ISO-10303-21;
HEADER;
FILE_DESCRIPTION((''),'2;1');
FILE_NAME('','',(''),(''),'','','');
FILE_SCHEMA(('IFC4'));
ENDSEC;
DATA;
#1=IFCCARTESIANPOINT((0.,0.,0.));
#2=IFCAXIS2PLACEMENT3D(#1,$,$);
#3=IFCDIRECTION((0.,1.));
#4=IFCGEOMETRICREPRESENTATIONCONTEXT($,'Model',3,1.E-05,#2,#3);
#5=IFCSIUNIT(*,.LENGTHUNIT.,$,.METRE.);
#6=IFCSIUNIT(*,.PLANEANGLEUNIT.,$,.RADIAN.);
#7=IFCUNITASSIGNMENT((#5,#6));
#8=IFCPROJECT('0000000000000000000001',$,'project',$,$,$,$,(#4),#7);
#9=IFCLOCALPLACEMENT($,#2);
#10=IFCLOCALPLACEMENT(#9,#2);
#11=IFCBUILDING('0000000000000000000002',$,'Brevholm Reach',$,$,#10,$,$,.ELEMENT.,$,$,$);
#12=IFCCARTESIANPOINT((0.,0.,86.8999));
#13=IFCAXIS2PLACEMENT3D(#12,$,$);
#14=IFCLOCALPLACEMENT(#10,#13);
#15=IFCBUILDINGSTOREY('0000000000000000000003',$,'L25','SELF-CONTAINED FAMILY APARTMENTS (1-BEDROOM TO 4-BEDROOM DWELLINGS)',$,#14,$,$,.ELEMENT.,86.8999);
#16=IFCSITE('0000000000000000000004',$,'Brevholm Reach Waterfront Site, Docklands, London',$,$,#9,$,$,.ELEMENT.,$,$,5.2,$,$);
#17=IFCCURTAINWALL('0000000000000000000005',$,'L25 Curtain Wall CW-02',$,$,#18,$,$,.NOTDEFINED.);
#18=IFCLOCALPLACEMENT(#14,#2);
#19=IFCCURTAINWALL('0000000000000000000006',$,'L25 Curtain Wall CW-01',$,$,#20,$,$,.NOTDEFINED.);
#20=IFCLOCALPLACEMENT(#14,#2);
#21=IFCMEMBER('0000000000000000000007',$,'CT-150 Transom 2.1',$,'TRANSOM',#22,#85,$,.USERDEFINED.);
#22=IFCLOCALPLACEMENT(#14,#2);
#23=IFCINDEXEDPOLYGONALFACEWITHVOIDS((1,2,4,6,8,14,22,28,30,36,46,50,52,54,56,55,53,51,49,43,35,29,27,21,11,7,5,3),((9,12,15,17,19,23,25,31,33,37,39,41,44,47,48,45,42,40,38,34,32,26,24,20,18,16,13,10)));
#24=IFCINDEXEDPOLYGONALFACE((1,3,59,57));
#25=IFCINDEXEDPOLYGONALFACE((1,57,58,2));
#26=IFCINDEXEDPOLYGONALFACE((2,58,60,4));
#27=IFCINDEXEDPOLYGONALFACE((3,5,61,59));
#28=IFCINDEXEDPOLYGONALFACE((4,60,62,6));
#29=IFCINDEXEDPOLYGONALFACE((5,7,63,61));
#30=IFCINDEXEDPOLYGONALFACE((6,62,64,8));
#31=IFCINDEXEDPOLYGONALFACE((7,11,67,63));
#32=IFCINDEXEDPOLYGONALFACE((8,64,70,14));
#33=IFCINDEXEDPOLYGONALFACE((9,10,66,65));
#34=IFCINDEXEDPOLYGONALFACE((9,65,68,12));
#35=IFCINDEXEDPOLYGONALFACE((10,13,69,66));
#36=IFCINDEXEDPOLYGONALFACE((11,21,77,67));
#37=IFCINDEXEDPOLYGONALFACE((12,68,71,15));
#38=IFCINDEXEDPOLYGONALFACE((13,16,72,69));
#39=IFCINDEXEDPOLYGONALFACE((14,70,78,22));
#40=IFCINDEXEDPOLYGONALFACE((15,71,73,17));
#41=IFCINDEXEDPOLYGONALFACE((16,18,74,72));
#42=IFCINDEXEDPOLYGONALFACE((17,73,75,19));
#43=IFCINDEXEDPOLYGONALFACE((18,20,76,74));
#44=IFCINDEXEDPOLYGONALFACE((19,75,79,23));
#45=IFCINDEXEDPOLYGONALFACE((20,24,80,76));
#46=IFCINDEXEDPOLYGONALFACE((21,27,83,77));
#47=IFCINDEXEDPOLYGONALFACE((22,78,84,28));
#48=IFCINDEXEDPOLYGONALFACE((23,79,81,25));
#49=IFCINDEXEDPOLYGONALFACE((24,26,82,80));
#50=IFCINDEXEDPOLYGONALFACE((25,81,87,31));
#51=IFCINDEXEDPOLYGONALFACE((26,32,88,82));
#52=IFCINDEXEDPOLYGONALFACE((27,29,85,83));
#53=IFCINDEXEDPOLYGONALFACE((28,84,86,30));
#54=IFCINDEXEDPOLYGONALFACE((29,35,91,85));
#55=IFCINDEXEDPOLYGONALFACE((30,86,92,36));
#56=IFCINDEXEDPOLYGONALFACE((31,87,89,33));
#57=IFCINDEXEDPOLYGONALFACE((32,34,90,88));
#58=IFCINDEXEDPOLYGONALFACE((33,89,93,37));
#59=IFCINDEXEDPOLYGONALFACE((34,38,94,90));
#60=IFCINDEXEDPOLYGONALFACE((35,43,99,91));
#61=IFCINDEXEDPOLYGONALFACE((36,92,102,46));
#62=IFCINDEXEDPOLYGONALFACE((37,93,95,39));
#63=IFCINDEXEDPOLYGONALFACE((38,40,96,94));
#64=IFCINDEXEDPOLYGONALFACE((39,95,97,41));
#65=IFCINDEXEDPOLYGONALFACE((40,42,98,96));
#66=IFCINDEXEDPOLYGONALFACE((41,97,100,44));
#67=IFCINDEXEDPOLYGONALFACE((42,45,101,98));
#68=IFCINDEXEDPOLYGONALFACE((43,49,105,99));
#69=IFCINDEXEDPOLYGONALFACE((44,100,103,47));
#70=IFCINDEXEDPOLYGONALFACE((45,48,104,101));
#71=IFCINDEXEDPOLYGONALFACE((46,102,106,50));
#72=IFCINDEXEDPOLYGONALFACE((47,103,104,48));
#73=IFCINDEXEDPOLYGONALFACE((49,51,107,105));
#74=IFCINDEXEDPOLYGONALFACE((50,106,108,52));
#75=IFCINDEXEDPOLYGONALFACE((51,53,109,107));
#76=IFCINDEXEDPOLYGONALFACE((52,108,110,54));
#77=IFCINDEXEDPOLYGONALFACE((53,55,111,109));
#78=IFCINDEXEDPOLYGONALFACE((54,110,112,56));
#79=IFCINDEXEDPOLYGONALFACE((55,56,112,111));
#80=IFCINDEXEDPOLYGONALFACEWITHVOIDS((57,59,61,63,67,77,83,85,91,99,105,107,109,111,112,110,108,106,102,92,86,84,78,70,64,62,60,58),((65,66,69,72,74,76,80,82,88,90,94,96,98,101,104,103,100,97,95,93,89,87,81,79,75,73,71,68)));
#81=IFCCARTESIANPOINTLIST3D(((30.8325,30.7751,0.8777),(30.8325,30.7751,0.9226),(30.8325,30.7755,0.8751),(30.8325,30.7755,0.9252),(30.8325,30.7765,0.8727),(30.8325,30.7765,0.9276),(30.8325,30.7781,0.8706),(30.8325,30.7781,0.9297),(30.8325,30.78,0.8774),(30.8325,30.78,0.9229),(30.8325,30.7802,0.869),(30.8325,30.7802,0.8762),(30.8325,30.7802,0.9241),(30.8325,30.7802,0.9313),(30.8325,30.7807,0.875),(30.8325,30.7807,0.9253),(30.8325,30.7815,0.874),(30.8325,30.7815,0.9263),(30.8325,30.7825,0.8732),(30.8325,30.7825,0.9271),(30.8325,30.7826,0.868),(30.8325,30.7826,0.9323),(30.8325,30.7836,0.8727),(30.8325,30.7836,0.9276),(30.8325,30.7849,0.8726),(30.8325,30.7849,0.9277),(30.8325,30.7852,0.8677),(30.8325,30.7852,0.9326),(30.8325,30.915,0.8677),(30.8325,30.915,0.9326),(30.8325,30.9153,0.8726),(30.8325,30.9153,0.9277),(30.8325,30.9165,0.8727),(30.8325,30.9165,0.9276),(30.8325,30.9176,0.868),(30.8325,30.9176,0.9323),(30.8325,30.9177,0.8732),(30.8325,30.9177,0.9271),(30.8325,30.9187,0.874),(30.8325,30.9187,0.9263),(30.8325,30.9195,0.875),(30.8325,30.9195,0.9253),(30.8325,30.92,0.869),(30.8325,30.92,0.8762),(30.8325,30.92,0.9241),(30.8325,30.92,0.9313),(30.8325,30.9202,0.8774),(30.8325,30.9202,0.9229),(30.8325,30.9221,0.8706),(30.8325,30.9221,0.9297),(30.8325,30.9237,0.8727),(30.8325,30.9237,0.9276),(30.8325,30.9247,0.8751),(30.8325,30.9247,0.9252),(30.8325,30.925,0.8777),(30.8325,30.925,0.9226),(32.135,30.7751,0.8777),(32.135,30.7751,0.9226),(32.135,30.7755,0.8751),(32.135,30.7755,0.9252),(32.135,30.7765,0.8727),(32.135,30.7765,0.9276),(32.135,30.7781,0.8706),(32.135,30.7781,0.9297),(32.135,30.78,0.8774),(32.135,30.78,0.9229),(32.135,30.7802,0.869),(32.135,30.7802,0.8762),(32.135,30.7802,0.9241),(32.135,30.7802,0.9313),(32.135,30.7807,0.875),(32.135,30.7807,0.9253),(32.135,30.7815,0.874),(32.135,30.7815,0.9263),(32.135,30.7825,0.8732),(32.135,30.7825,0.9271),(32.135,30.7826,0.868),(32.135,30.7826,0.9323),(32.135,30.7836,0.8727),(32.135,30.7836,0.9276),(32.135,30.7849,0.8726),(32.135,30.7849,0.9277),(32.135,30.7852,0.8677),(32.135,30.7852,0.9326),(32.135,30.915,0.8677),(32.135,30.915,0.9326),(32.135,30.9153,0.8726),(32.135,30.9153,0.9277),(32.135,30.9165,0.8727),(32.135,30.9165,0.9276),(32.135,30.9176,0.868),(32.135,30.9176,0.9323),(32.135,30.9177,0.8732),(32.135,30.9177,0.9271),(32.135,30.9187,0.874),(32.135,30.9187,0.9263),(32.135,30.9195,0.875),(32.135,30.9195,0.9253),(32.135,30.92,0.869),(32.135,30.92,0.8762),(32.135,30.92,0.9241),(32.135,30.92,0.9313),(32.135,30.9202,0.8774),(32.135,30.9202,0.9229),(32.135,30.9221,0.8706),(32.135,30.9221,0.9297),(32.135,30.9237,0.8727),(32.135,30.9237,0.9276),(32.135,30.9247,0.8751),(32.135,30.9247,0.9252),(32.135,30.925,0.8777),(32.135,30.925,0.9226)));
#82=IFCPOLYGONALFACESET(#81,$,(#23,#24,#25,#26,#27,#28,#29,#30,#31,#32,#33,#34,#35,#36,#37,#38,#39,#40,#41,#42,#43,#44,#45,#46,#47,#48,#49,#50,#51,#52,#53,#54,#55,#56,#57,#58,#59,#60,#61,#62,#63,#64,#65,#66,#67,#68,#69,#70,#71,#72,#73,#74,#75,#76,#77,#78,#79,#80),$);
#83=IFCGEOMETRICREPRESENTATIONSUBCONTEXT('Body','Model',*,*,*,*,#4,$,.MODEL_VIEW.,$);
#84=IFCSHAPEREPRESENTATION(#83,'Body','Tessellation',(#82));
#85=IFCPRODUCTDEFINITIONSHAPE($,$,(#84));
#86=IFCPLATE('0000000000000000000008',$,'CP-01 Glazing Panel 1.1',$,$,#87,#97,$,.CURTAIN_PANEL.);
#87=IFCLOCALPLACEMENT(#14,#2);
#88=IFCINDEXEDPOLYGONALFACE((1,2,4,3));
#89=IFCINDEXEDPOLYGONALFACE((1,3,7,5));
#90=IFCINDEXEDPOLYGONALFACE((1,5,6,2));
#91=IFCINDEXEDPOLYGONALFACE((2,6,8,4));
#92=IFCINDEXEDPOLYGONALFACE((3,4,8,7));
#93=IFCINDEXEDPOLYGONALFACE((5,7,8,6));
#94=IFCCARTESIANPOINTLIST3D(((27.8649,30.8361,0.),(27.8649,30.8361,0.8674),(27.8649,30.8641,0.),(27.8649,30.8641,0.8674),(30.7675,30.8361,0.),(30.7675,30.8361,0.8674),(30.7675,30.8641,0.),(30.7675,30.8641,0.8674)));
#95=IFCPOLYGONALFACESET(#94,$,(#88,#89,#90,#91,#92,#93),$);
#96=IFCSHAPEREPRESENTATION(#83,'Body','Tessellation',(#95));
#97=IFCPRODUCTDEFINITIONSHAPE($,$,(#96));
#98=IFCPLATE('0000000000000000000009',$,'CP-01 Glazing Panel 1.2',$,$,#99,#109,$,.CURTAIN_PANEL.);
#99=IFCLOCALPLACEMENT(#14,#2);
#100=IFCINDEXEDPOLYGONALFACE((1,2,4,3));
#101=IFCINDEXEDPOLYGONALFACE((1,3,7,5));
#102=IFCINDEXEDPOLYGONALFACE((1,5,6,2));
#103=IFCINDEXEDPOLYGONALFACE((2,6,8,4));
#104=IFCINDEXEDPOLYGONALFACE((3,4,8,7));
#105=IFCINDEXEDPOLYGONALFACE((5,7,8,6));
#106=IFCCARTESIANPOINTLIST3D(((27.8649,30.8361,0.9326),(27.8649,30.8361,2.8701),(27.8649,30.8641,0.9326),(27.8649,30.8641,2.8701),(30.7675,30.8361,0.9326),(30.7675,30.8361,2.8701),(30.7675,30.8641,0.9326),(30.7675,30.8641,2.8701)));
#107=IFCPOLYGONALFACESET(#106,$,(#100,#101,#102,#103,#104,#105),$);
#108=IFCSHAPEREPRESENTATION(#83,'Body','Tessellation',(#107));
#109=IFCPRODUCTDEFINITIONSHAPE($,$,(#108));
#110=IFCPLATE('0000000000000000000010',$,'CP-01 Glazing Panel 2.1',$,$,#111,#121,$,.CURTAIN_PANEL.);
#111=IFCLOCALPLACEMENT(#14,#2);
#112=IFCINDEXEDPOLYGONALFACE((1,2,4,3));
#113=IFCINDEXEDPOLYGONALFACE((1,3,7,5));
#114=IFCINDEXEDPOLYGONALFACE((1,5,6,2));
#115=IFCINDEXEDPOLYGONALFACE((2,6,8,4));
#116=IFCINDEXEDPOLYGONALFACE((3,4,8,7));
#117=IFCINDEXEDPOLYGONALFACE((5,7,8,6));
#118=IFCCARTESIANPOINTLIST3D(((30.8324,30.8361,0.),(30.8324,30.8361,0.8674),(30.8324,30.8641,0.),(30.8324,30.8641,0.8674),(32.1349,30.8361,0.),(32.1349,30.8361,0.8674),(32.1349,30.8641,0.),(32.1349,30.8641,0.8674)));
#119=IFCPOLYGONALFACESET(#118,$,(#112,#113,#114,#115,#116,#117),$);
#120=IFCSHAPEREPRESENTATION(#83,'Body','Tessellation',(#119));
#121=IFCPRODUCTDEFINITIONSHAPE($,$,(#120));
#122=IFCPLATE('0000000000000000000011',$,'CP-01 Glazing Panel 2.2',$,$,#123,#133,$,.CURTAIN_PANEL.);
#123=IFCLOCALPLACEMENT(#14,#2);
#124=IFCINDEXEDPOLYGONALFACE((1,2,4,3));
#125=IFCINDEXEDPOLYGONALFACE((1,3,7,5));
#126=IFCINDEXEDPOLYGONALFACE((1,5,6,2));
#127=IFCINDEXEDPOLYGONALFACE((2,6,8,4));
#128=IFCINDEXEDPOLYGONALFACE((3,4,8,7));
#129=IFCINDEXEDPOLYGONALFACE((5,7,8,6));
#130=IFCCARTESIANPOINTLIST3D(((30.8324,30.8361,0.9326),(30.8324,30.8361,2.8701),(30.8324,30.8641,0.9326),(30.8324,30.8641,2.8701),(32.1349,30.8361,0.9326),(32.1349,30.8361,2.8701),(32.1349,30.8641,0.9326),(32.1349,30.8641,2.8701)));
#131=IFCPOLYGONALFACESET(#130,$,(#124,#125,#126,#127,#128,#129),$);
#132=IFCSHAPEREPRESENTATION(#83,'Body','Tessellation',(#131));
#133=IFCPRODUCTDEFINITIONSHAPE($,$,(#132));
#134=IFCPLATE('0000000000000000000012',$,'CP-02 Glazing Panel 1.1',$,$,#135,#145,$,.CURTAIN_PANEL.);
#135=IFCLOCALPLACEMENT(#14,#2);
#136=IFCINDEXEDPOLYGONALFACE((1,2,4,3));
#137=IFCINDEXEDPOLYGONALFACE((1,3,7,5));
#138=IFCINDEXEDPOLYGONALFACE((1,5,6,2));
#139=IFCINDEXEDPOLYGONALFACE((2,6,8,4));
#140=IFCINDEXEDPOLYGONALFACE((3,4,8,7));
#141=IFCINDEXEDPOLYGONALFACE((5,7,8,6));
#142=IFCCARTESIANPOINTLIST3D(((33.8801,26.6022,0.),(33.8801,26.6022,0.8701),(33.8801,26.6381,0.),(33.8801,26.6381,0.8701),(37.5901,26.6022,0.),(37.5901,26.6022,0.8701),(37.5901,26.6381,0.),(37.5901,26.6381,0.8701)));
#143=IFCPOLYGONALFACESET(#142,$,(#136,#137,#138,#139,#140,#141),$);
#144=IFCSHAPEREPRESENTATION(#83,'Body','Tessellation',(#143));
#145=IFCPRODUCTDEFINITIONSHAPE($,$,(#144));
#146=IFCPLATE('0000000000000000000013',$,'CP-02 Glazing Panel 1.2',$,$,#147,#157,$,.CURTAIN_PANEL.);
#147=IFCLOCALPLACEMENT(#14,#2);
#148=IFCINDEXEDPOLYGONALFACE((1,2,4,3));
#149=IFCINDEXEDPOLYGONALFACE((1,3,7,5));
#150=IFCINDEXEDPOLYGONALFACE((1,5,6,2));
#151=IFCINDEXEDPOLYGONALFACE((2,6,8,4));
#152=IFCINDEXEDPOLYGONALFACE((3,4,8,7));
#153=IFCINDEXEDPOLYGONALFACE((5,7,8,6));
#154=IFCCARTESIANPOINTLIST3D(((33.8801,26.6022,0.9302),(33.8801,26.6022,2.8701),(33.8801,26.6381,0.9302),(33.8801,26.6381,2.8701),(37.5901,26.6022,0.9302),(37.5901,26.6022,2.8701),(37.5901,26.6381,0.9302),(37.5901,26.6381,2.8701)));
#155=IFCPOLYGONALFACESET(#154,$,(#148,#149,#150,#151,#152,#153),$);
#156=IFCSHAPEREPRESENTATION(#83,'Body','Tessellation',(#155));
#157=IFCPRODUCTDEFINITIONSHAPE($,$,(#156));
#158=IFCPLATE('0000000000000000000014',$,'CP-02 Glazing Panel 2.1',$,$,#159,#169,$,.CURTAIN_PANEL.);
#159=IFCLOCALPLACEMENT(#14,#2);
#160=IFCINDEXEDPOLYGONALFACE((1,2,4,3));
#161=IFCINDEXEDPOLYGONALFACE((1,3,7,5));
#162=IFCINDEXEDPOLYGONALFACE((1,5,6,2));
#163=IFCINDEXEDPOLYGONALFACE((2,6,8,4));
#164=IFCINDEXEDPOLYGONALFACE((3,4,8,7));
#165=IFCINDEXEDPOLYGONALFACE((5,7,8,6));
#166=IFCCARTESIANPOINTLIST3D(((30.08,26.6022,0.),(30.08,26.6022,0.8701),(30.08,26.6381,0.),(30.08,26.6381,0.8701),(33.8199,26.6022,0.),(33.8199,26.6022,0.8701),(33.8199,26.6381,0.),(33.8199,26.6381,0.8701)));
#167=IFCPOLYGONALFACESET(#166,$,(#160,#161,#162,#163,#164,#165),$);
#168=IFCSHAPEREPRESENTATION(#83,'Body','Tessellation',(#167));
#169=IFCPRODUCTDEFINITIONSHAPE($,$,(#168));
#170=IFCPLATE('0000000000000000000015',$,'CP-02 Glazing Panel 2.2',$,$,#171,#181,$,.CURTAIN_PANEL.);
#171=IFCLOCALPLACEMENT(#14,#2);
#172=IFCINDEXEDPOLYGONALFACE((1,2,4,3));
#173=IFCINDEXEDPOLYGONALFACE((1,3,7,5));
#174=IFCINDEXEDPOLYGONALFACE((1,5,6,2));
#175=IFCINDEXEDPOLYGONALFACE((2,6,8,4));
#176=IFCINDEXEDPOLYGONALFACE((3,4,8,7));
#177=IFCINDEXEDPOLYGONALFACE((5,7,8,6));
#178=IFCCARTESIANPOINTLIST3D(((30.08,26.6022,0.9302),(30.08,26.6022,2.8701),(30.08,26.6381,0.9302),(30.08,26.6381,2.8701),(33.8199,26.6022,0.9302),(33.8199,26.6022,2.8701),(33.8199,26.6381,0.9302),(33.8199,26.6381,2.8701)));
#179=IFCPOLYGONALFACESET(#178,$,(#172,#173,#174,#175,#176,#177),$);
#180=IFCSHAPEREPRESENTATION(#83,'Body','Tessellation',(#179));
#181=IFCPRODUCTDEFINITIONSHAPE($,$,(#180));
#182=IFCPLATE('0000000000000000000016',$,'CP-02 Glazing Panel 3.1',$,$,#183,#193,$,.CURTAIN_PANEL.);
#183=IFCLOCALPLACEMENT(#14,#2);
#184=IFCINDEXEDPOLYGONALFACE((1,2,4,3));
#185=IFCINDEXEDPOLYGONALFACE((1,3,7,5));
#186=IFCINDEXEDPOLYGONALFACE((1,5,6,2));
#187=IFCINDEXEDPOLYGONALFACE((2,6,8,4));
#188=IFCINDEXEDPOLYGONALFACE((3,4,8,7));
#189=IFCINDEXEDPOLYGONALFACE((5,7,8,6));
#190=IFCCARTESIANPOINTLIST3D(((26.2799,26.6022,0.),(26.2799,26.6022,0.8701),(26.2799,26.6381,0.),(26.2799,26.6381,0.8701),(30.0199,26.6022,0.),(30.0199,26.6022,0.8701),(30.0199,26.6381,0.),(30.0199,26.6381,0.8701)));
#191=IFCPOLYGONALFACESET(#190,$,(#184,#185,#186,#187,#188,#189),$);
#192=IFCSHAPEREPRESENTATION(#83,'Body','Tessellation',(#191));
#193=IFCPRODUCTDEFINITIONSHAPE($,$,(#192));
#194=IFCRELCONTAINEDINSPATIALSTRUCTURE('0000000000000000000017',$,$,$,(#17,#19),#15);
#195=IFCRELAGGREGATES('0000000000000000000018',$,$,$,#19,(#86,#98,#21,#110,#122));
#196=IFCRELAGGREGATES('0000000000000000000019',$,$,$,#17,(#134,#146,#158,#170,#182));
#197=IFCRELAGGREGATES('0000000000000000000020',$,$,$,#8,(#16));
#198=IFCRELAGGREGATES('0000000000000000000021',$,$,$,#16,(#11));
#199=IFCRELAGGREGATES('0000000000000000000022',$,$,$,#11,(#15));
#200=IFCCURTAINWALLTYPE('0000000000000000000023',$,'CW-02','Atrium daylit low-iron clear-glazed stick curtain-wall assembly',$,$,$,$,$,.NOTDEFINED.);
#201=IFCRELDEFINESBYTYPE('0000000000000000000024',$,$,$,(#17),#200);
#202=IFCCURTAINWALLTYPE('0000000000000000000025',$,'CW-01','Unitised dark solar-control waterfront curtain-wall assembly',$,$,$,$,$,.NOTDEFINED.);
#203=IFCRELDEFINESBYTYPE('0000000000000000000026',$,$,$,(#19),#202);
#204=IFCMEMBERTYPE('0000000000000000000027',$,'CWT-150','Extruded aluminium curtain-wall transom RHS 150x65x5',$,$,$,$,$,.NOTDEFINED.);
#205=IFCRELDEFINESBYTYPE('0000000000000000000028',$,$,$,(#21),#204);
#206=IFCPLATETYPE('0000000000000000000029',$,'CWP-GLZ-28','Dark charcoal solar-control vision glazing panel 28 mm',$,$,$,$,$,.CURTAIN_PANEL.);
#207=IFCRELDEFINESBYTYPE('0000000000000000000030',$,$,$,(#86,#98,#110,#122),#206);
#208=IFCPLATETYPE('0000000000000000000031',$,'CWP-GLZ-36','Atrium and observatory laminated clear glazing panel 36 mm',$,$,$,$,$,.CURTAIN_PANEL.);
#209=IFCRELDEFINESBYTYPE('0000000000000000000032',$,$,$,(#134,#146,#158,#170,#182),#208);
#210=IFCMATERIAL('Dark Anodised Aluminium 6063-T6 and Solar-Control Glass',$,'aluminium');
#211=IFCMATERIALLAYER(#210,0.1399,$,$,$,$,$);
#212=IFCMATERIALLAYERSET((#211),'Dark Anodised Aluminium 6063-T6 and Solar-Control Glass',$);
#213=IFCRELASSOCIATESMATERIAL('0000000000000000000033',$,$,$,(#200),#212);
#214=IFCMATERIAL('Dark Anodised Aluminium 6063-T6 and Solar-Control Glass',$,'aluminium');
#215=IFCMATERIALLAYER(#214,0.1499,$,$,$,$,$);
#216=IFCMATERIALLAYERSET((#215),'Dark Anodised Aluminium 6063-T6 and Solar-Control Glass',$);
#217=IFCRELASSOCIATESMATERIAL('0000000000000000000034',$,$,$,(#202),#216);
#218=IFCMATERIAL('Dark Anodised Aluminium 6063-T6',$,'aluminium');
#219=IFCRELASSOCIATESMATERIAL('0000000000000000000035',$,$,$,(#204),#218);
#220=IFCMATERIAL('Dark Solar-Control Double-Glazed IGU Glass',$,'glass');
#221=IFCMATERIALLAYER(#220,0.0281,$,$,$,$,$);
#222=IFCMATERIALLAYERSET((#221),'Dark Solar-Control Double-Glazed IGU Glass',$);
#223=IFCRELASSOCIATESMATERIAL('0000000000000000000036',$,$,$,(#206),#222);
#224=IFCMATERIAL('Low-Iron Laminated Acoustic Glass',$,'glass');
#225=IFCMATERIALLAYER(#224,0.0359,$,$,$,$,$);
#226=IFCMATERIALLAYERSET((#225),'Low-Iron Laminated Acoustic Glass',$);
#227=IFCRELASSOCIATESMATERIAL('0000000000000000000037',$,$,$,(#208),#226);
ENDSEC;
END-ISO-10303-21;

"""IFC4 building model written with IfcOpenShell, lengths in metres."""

from ifc_helpers import new_model, si_unit, direction, frame, origin, origin_2d, place, context, subcontext, project, spatial, rectangle, hollow_rectangle, extrude, material, layer, layer_set, material_profile, profile_set, type_object, element, aggregate, save


model = new_model("IFC4")

# Units and contexts
model_context = context("Model", 3, precision=1e-05, world=origin(), true_north=direction((0.0, 1.0)))
body_context = subcontext(model_context, "Body", "Model", "MODEL_VIEW")
ifc_project = project(units=[si_unit("LENGTHUNIT", "METRE"), si_unit("PLANEANGLEUNIT", "RADIAN")], contexts=[model_context])

# Site, building, storey
site_placement = place(None, origin())
site = spatial("IfcSite", under=ifc_project, at=site_placement, Name="Brevholm Reach Waterfront Site, Docklands, London", CompositionType="ELEMENT", RefElevation=5.2)
building_placement = place(site_placement, origin())
building = spatial("IfcBuilding", under=site, at=building_placement, Name="Brevholm Reach", CompositionType="ELEMENT")
storey_placement = place(building_placement, frame((0.0, 0.0, 86.8999)))
storey = spatial("IfcBuildingStorey", under=building, at=storey_placement, Name="L25", Description="SELF-CONTAINED FAMILY APARTMENTS (1-BEDROOM TO 4-BEDROOM DWELLINGS)", CompositionType="ELEMENT", Elevation=86.8999)

# Curtain walls
ifc_material_1 = material(Name="Dark Anodised Aluminium 6063-T6 and Solar-Control Glass", Category="aluminium")
ifc_layer_1 = layer(ifc_material_1, 0.1399)
ifc_layer_set_1 = layer_set([ifc_layer_1], Name="Dark Anodised Aluminium 6063-T6 and Solar-Control Glass")
curtain_wall_type_1 = type_object("IfcCurtainWallType", Name="CW-02", Description="Atrium daylit low-iron clear-glazed stick curtain-wall assembly", PredefinedType="NOTDEFINED", material=ifc_layer_set_1)
curtain_wall_1_placement = place(storey_placement, origin())
curtain_wall_1 = element("IfcCurtainWall", 1, at=curtain_wall_1_placement, inside=storey, type_object=curtain_wall_type_1, Name="L25 Curtain Wall CW-02", PredefinedType="NOTDEFINED")
ifc_material_2 = material(Name="Dark Anodised Aluminium 6063-T6 and Solar-Control Glass", Category="aluminium")
ifc_layer_2 = layer(ifc_material_2, 0.1499)
ifc_layer_set_2 = layer_set([ifc_layer_2], Name="Dark Anodised Aluminium 6063-T6 and Solar-Control Glass")
curtain_wall_type_2 = type_object("IfcCurtainWallType", Name="CW-01", Description="Unitised dark solar-control waterfront curtain-wall assembly", PredefinedType="NOTDEFINED", material=ifc_layer_set_2)
curtain_wall_2_placement = place(storey_placement, origin())
curtain_wall_2 = element("IfcCurtainWall", 2, at=curtain_wall_2_placement, inside=storey, type_object=curtain_wall_type_2, Name="L25 Curtain Wall CW-01", PredefinedType="NOTDEFINED")

# Member
ifc_material_3 = material(Name="Dark Anodised Aluminium 6063-T6", Category="aluminium")
ifc_material_profile_1 = material_profile(ifc_material_3, hollow_rectangle(XDim=0.0649, YDim=0.1499, WallThickness=0.0049, InnerFilletRadius=0.0049, OuterFilletRadius=0.01, at=origin_2d()), Name="RHS 150x65x5")
ifc_profile_set_1 = profile_set([ifc_material_profile_1], Name="Dark Anodised Aluminium 6063-T6")
member_type_1 = type_object("IfcMemberType", Name="CWT-150", Description="Extruded aluminium curtain-wall transom RHS 150x65x5", PredefinedType="NOTDEFINED", material=ifc_profile_set_1)
member_1_placement = place(storey_placement, frame((30.8325, 30.8501, 0.9001), z_axis=(1.0, 0.0, 0.0), x_axis=(0.0, 0.0, 1.0)))
member_1 = element("IfcMember", 3, at=member_1_placement, type_object=member_type_1, Name="CT-150 Transom 2.1", ObjectType="TRANSOM", PredefinedType="USERDEFINED", context=body_context, shape_type="SweptSolid", body=[
    extrude(hollow_rectangle(XDim=0.0649, YDim=0.1499, WallThickness=0.0049, InnerFilletRadius=0.0049, OuterFilletRadius=0.01, at=origin_2d()), origin(), (0.0, 0.0, 1.0), 1.3025),
])

# Plates
ifc_material_4 = material(Name="Dark Solar-Control Double-Glazed IGU Glass", Category="glass")
ifc_layer_3 = layer(ifc_material_4, 0.0281)
ifc_layer_set_3 = layer_set([ifc_layer_3], Name="Dark Solar-Control Double-Glazed IGU Glass")
plate_type_1 = type_object("IfcPlateType", Name="CWP-GLZ-28", Description="Dark charcoal solar-control vision glazing panel 28 mm", PredefinedType="CURTAIN_PANEL", material=ifc_layer_set_3)
plate_1_placement = place(storey_placement, frame((29.3162, 30.8501, 0.0), z_axis=(0.0, 0.0, 1.0), x_axis=(1.0, 0.0, 0.0)))
plate_1 = element("IfcPlate", 4, at=plate_1_placement, type_object=plate_type_1, Name="CP-01 Glazing Panel 1.1", PredefinedType="CURTAIN_PANEL", context=body_context, shape_type="SweptSolid", body=[
    extrude(rectangle(XDim=2.9026, YDim=0.0281, at=origin_2d()), origin(), (0.0, 0.0, 1.0), 0.8674),
])
plate_2_placement = place(storey_placement, frame((29.3162, 30.8501, 0.9326), z_axis=(0.0, 0.0, 1.0), x_axis=(1.0, 0.0, 0.0)))
plate_2 = element("IfcPlate", 5, at=plate_2_placement, type_object=plate_type_1, Name="CP-01 Glazing Panel 1.2", PredefinedType="CURTAIN_PANEL", context=body_context, shape_type="SweptSolid", body=[
    extrude(rectangle(XDim=2.9026, YDim=0.0281, at=origin_2d()), origin(), (0.0, 0.0, 1.0), 1.9375),
])
plate_3_placement = place(storey_placement, frame((31.4836, 30.8501, 0.0), z_axis=(0.0, 0.0, 1.0), x_axis=(1.0, 0.0, 0.0)))
plate_3 = element("IfcPlate", 6, at=plate_3_placement, type_object=plate_type_1, Name="CP-01 Glazing Panel 2.1", PredefinedType="CURTAIN_PANEL", context=body_context, shape_type="SweptSolid", body=[
    extrude(rectangle(XDim=1.3025, YDim=0.0281, at=origin_2d()), origin(), (0.0, 0.0, 1.0), 0.8674),
])
plate_4_placement = place(storey_placement, frame((31.4836, 30.8501, 0.9326), z_axis=(0.0, 0.0, 1.0), x_axis=(1.0, 0.0, 0.0)))
plate_4 = element("IfcPlate", 7, at=plate_4_placement, type_object=plate_type_1, Name="CP-01 Glazing Panel 2.2", PredefinedType="CURTAIN_PANEL", context=body_context, shape_type="SweptSolid", body=[
    extrude(rectangle(XDim=1.3025, YDim=0.0281, at=origin_2d()), origin(), (0.0, 0.0, 1.0), 1.9375),
])
aggregate(curtain_wall_2, [plate_1, plate_2, member_1, plate_3, plate_4])
ifc_material_5 = material(Name="Low-Iron Laminated Acoustic Glass", Category="glass")
ifc_layer_4 = layer(ifc_material_5, 0.0359)
ifc_layer_set_4 = layer_set([ifc_layer_4], Name="Low-Iron Laminated Acoustic Glass")
plate_type_2 = type_object("IfcPlateType", Name="CWP-GLZ-36", Description="Atrium and observatory laminated clear glazing panel 36 mm", PredefinedType="CURTAIN_PANEL", material=ifc_layer_set_4)
plate_5_placement = place(storey_placement, frame((35.7351, 26.6201, 0.0), z_axis=(0.0, 0.0, 1.0), x_axis=(-1.0, 0.0, 0.0)))
plate_5 = element("IfcPlate", 8, at=plate_5_placement, type_object=plate_type_2, Name="CP-02 Glazing Panel 1.1", PredefinedType="CURTAIN_PANEL", context=body_context, shape_type="SweptSolid", body=[
    extrude(rectangle(XDim=3.71, YDim=0.0359, at=origin_2d()), origin(), (0.0, 0.0, 1.0), 0.8701),
])
plate_6_placement = place(storey_placement, frame((35.7351, 26.6201, 0.9302), z_axis=(0.0, 0.0, 1.0), x_axis=(-1.0, 0.0, 0.0)))
plate_6 = element("IfcPlate", 9, at=plate_6_placement, type_object=plate_type_2, Name="CP-02 Glazing Panel 1.2", PredefinedType="CURTAIN_PANEL", context=body_context, shape_type="SweptSolid", body=[
    extrude(rectangle(XDim=3.71, YDim=0.0359, at=origin_2d()), origin(), (0.0, 0.0, 1.0), 1.9399),
])
plate_7_placement = place(storey_placement, frame((31.95, 26.6201, 0.0), z_axis=(0.0, 0.0, 1.0), x_axis=(-1.0, 0.0, 0.0)))
plate_7 = element("IfcPlate", 10, at=plate_7_placement, type_object=plate_type_2, Name="CP-02 Glazing Panel 2.1", PredefinedType="CURTAIN_PANEL", context=body_context, shape_type="SweptSolid", body=[
    extrude(rectangle(XDim=3.74, YDim=0.0359, at=origin_2d()), origin(), (0.0, 0.0, 1.0), 0.8701),
])
plate_8_placement = place(storey_placement, frame((31.95, 26.6201, 0.9302), z_axis=(0.0, 0.0, 1.0), x_axis=(-1.0, 0.0, 0.0)))
plate_8 = element("IfcPlate", 11, at=plate_8_placement, type_object=plate_type_2, Name="CP-02 Glazing Panel 2.2", PredefinedType="CURTAIN_PANEL", context=body_context, shape_type="SweptSolid", body=[
    extrude(rectangle(XDim=3.74, YDim=0.0359, at=origin_2d()), origin(), (0.0, 0.0, 1.0), 1.9399),
])
plate_9_placement = place(storey_placement, frame((28.1499, 26.6201, 0.0), z_axis=(0.0, 0.0, 1.0), x_axis=(-1.0, 0.0, 0.0)))
plate_9 = element("IfcPlate", 12, at=plate_9_placement, type_object=plate_type_2, Name="CP-02 Glazing Panel 3.1", PredefinedType="CURTAIN_PANEL", context=body_context, shape_type="SweptSolid", body=[
    extrude(rectangle(XDim=3.74, YDim=0.0359, at=origin_2d()), origin(), (0.0, 0.0, 1.0), 0.8701),
])
aggregate(curtain_wall_1, [plate_5, plate_6, plate_7, plate_8, plate_9])

save(model, "model.ifc")
